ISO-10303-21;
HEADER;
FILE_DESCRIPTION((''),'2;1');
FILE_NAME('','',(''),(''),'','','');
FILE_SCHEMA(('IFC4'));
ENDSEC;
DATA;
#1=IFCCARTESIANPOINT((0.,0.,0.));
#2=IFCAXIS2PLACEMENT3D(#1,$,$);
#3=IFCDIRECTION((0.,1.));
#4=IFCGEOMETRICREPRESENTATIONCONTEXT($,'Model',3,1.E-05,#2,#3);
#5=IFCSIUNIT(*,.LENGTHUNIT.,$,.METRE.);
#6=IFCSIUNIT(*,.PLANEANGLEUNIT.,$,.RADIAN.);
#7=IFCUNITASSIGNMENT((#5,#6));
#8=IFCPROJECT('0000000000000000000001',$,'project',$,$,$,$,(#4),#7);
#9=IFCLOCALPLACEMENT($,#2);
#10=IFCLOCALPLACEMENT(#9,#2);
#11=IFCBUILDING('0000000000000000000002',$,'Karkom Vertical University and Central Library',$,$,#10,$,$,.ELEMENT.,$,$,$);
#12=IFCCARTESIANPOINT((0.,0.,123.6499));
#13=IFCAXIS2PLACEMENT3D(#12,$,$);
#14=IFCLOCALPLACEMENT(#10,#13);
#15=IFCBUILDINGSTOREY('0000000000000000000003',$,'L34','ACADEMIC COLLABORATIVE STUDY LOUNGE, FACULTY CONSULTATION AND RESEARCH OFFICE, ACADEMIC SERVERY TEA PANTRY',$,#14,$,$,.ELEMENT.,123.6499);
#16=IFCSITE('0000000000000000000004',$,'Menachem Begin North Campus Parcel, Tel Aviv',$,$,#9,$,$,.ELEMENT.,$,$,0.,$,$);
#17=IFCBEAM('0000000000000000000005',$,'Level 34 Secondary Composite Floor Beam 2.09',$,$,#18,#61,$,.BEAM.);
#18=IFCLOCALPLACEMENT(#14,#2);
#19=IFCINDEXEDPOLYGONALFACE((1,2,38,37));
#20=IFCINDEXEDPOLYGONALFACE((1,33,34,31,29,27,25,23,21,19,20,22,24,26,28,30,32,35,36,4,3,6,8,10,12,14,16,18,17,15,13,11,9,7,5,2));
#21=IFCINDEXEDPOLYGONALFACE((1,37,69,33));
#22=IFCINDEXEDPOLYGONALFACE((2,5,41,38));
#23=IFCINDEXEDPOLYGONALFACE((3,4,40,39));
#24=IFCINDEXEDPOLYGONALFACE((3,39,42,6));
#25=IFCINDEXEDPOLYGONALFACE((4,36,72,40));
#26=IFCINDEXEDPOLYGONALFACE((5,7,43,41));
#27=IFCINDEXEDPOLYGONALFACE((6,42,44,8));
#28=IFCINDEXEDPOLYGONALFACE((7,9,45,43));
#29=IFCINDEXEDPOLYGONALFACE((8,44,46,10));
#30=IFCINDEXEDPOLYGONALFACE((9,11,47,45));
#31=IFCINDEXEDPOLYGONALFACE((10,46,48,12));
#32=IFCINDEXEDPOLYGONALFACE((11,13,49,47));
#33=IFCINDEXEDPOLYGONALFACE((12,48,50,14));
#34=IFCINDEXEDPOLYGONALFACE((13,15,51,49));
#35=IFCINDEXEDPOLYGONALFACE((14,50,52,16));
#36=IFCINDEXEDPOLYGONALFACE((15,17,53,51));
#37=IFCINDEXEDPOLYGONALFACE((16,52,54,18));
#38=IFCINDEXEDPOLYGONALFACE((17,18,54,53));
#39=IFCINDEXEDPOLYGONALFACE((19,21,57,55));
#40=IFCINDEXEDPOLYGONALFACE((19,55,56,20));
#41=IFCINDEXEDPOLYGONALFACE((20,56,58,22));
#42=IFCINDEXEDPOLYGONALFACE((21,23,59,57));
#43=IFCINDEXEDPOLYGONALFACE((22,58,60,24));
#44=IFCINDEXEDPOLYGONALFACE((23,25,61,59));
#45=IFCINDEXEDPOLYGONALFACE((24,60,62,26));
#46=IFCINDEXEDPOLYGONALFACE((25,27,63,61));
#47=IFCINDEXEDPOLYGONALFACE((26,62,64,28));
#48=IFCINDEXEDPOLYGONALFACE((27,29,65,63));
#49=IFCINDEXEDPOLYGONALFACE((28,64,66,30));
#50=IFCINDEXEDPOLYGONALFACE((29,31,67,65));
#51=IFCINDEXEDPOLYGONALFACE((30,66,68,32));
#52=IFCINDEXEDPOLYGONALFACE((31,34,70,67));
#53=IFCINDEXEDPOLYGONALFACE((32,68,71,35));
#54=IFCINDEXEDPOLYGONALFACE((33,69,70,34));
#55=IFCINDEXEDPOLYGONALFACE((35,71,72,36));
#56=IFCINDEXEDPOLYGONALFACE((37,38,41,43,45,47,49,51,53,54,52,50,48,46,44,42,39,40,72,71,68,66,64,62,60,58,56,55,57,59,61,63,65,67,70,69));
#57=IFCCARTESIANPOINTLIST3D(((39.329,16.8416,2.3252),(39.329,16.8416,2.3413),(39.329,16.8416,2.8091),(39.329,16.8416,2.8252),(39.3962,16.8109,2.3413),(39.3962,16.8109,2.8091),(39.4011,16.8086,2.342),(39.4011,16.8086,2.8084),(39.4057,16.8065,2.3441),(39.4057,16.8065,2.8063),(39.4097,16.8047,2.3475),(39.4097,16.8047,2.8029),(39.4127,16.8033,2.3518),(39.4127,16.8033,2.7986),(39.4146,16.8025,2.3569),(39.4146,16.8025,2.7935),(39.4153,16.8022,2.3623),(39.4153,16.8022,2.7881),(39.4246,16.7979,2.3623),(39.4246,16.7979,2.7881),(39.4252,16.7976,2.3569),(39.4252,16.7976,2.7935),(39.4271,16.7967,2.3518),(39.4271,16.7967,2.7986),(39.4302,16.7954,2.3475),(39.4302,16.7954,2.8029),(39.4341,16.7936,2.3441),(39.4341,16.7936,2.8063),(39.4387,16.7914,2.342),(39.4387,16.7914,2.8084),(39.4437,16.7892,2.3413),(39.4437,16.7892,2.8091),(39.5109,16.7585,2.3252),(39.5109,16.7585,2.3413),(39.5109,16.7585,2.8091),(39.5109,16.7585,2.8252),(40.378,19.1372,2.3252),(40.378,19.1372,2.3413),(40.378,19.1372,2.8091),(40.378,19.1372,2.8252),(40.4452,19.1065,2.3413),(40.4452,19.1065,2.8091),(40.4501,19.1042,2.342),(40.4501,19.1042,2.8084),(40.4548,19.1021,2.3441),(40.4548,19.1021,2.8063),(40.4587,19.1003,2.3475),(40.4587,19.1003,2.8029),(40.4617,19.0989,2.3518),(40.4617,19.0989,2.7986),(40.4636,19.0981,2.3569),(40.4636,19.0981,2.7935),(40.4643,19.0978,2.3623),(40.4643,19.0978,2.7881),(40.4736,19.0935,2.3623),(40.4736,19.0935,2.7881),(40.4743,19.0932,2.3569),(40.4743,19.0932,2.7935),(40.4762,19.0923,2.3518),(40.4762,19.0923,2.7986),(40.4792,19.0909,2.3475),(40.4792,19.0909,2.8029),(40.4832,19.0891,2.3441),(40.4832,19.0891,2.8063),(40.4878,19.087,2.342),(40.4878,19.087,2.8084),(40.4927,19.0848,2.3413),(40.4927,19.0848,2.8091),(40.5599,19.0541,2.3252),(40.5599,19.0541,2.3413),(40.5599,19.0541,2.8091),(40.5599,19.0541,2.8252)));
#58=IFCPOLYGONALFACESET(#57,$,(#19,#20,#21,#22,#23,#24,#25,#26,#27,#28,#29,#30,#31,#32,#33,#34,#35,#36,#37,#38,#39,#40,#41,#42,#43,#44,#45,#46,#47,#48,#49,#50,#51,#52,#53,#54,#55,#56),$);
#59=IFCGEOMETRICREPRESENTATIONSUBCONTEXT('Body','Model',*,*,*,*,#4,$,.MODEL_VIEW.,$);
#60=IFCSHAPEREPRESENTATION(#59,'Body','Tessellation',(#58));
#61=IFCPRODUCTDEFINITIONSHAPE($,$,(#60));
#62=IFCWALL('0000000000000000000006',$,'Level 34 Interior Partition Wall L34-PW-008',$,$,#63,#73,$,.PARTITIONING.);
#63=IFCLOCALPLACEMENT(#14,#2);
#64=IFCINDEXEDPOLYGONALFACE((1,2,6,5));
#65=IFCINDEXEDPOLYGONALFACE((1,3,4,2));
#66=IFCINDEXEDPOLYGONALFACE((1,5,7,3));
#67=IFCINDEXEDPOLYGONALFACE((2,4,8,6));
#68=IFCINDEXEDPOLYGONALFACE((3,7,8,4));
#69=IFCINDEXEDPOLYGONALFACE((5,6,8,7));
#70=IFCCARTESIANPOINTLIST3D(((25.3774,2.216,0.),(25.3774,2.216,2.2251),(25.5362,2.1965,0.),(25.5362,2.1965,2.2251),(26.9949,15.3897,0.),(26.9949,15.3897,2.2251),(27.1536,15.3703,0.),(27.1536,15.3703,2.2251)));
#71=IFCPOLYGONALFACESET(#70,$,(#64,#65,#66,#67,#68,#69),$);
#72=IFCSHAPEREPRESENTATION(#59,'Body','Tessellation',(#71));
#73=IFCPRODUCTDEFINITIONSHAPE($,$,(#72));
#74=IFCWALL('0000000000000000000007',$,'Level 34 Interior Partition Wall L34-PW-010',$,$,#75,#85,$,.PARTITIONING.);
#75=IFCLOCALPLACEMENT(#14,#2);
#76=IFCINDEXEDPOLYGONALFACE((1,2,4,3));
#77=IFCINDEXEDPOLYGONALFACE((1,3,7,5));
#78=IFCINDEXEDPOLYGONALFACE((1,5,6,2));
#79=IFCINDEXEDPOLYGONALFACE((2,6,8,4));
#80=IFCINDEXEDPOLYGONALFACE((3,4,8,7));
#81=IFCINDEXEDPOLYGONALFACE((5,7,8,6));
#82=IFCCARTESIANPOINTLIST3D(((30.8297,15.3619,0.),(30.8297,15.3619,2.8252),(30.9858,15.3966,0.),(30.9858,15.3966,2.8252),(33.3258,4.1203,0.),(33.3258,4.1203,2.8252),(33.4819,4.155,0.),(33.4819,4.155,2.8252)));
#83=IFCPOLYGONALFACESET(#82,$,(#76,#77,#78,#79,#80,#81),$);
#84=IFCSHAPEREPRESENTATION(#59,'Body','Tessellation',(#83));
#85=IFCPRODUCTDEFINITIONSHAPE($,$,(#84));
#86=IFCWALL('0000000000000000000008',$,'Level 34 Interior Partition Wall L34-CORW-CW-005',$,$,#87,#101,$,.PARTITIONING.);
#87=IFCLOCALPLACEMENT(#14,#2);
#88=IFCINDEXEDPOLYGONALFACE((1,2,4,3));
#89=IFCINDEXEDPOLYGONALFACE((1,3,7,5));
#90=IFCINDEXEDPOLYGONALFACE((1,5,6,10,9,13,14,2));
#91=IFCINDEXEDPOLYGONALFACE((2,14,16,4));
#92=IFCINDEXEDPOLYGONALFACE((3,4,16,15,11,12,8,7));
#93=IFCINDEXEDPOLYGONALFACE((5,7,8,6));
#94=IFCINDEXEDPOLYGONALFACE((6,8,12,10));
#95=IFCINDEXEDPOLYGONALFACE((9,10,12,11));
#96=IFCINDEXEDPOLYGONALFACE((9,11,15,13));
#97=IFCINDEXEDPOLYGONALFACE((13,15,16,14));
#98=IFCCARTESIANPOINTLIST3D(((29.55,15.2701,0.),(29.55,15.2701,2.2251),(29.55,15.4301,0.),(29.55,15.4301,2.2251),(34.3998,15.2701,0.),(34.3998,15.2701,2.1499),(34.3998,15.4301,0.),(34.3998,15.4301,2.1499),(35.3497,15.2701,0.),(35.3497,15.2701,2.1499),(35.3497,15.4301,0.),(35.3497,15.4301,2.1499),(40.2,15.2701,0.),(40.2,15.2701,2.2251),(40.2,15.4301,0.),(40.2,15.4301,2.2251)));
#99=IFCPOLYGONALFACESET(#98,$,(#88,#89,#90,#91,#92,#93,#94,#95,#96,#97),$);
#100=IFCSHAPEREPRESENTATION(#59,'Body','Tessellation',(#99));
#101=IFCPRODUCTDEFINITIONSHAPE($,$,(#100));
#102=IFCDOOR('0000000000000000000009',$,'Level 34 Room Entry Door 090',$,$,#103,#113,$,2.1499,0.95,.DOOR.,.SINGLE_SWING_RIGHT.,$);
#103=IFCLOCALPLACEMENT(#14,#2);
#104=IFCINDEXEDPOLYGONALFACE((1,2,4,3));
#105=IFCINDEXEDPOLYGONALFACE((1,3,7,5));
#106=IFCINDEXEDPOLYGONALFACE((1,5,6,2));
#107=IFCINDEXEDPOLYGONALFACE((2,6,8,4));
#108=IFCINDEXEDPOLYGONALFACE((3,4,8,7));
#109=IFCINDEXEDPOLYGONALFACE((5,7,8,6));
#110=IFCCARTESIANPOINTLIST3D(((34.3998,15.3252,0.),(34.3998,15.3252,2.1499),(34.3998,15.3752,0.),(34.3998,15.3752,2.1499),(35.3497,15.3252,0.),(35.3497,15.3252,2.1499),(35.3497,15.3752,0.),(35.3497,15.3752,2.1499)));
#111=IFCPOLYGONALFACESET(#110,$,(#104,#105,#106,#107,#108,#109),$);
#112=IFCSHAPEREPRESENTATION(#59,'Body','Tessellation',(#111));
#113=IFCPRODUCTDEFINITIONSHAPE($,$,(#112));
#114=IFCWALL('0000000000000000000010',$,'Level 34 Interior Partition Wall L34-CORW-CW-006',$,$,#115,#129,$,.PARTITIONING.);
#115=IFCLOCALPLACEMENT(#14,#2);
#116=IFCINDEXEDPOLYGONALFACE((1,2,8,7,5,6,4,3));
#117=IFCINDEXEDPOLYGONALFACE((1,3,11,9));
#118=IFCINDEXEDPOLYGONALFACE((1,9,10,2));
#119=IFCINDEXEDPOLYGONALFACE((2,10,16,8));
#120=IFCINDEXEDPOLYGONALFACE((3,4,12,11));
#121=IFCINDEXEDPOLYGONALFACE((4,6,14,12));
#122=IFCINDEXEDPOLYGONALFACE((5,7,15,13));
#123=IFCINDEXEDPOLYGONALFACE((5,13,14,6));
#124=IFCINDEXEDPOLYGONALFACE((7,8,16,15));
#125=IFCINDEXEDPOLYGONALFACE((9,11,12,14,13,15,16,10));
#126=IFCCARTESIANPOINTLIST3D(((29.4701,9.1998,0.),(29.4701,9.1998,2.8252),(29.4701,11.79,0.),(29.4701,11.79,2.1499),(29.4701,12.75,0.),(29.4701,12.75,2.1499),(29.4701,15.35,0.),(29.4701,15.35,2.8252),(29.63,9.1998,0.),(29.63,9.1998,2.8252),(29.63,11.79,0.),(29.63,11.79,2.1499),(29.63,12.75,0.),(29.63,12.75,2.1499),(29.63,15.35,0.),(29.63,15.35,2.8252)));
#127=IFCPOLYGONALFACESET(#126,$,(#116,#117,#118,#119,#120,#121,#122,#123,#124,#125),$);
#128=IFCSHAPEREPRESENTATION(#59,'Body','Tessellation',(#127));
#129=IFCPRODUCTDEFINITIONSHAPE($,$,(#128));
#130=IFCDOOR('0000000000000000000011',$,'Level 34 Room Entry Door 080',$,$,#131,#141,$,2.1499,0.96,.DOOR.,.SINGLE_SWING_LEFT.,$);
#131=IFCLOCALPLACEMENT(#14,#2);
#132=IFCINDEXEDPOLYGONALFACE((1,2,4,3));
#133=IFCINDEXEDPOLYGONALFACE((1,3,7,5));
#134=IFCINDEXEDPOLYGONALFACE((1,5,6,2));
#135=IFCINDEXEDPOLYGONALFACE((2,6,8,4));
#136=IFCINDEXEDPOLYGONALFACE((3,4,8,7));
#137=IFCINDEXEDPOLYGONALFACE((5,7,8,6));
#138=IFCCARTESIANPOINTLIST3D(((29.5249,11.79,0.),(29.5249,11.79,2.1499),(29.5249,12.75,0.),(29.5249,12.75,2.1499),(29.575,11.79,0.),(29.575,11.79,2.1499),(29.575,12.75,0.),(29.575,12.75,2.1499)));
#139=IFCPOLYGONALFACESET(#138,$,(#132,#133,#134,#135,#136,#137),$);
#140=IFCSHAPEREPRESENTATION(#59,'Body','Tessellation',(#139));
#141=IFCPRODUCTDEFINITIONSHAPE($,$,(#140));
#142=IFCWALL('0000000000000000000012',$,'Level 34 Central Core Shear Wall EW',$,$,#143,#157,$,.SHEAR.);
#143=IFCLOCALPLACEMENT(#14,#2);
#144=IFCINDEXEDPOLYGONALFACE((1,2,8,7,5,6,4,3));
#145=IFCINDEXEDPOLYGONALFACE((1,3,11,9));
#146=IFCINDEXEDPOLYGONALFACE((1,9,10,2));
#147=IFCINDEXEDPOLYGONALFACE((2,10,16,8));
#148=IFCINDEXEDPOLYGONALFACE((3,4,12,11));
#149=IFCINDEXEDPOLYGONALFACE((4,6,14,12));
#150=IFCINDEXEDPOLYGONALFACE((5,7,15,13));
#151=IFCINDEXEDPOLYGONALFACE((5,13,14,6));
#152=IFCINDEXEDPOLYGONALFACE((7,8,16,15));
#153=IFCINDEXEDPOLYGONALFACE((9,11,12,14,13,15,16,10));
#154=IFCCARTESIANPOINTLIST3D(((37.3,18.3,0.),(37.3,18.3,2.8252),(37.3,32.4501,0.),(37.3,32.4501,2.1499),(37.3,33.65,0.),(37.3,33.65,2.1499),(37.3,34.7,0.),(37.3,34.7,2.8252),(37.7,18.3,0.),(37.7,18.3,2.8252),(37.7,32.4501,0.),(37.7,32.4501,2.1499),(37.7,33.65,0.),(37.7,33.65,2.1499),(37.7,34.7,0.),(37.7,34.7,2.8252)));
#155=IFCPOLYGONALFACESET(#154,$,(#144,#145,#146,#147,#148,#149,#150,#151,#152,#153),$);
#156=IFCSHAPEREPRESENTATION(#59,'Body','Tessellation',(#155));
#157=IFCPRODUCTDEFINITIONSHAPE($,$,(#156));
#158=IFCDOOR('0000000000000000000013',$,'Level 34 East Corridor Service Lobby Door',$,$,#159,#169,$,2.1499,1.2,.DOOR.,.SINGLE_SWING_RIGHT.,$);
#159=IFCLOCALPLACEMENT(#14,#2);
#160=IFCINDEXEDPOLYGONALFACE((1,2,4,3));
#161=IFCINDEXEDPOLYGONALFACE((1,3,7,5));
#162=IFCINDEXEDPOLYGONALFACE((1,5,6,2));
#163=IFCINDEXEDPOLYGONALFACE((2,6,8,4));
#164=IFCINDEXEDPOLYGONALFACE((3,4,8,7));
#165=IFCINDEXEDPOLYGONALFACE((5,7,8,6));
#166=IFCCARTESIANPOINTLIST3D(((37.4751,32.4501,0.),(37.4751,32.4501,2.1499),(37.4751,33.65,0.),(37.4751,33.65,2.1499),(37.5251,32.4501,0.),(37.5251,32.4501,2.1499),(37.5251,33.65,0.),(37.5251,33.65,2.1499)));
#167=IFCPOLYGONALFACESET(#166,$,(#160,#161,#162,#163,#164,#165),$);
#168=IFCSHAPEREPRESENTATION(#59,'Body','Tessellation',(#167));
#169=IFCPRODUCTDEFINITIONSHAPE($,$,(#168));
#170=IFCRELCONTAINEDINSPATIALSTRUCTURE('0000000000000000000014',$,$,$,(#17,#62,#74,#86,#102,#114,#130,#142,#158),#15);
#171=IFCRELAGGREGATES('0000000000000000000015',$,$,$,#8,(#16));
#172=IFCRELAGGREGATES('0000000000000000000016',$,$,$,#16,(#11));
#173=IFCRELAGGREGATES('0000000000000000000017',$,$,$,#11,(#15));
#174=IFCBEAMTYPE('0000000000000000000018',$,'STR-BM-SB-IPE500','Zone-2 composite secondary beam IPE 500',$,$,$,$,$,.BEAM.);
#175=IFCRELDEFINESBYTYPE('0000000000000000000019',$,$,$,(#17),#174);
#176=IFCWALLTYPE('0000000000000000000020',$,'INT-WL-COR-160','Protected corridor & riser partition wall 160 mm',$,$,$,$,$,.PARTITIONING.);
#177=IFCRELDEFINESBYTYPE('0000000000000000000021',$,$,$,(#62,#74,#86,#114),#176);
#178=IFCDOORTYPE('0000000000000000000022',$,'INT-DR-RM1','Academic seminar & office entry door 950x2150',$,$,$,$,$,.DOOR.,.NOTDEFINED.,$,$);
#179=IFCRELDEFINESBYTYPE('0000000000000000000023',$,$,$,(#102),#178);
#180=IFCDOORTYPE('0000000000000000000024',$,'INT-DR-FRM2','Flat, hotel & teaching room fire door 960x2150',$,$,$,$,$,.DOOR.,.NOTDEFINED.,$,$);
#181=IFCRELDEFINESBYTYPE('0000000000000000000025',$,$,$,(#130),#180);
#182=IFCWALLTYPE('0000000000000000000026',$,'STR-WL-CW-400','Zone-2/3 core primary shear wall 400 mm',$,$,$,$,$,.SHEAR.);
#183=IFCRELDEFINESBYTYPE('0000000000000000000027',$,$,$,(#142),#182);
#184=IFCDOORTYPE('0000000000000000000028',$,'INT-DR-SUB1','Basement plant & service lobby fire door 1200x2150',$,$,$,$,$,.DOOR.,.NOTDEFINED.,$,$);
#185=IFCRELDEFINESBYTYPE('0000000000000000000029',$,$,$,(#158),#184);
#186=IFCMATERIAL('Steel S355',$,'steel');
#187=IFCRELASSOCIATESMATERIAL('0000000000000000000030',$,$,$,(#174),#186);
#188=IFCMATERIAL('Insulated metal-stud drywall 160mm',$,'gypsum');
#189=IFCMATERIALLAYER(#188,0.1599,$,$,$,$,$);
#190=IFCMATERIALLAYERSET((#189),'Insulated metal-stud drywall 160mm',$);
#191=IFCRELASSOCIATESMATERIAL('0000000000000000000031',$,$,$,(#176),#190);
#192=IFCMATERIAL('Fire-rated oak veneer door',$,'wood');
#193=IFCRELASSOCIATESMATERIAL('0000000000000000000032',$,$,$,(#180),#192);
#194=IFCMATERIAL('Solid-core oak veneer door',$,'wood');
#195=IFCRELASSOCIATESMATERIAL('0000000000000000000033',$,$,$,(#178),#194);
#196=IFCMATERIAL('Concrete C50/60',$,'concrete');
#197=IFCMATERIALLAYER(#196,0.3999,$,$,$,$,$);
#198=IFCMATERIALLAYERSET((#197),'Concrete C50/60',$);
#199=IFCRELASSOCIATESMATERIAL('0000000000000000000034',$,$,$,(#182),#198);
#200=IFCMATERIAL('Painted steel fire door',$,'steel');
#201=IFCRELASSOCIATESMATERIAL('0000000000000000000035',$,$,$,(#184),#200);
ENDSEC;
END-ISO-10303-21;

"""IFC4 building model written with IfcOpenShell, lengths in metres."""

from ifc_helpers import new_model, si_unit, direction, frame, frame_2d, origin, origin_with_axes, origin_2d, place, context, subcontext, project, spatial, rectangle, i_section, extrude, source, transform, mapped, material, layer, layer_set, material_profile, profile_set, type_object, element, fill, save


model = new_model("IFC4")

# Units and contexts
model_context = context("Model", 3, precision=1e-05, world=origin(), true_north=direction((0.0, 1.0)))
body_context = subcontext(model_context, "Body", "Model", "MODEL_VIEW")
ifc_project = project(units=[si_unit("LENGTHUNIT", "METRE"), si_unit("PLANEANGLEUNIT", "RADIAN")], contexts=[model_context])

# Site, building, storey
site_placement = place(None, origin())
site = spatial("IfcSite", under=ifc_project, at=site_placement, Name="Menachem Begin North Campus Parcel, Tel Aviv", CompositionType="ELEMENT", RefElevation=0.0)
building_placement = place(site_placement, origin())
building = spatial("IfcBuilding", under=site, at=building_placement, Name="Karkom Vertical University and Central Library", CompositionType="ELEMENT")
storey_placement = place(building_placement, frame((0.0, 0.0, 123.6499)))
storey = spatial("IfcBuildingStorey", under=building, at=storey_placement, Name="L34", Description="ACADEMIC COLLABORATIVE STUDY LOUNGE, FACULTY CONSULTATION AND RESEARCH OFFICE, ACADEMIC SERVERY TEA PANTRY", CompositionType="ELEMENT", Elevation=123.6499)

# Shared definitions
ifc_material_1 = material(Name="Concrete C50/60", Category="concrete")

# Beam
ifc_material_2 = material(Name="Steel S355", Category="steel")
ifc_material_profile_1 = material_profile(ifc_material_2, i_section(OverallWidth=0.2, OverallDepth=0.5, WebThickness=0.0103, FlangeThickness=0.0161, FilletRadius=0.021, at=origin_2d()), Name="IPE 500")
ifc_profile_set_1 = profile_set([ifc_material_profile_1], Name="Steel S355")
beam_type_1 = type_object("IfcBeamType", Name="STR-BM-SB-IPE500", Description="Zone-2 composite secondary beam IPE 500", PredefinedType="BEAM", material=ifc_profile_set_1)
shared_shape_1 = source(origin_with_axes(), body_context, "Body", "SweptSolid", [
    extrude(i_section(OverallWidth=0.2, OverallDepth=0.5, WebThickness=0.0103, FlangeThickness=0.0161, FilletRadius=0.021, at=origin_2d()), origin(), (0.0, 0.0, 1.0), 2.5239),
])
beam_1_placement = place(storey_placement, frame((39.4199, 16.8, 2.5752), z_axis=(0.415639, 0.90953, 0.0), x_axis=(-0.90953, 0.415639, 0.0)))
element("IfcBeam", 1, at=beam_1_placement, inside=storey, type_object=beam_type_1, Name="Level 34 Secondary Composite Floor Beam 2.09", PredefinedType="BEAM", context=body_context, shape_type="MappedRepresentation", body=[
    mapped(shared_shape_1, transform((0.0, 0.0, 0.0), scale=1.0)),
])

# Walls
ifc_material_3 = material(Name="Insulated metal-stud drywall 160mm", Category="gypsum")
ifc_layer_1 = layer(ifc_material_3, 0.1599)
ifc_layer_set_1 = layer_set([ifc_layer_1], Name="Insulated metal-stud drywall 160mm")
wall_type_1 = type_object("IfcWallType", Name="INT-WL-COR-160", Description="Protected corridor & riser partition wall 160 mm", PredefinedType="PARTITIONING", material=ifc_layer_set_1)
wall_1_placement = place(storey_placement, frame((27.0742, 15.3799, 0.0), z_axis=(0.0, 0.0, 1.0), x_axis=(-0.121861, -0.992547, 0.0)))
element("IfcWall", 2, at=wall_1_placement, inside=storey, type_object=wall_type_1, Name="Level 34 Interior Partition Wall L34-PW-008", PredefinedType="PARTITIONING", context=body_context, shape_type="SweptSolid", body=[
    extrude(rectangle(XDim=13.2727, YDim=0.1599, at=frame_2d((6.6362, 0.0))), origin(), (0.0, 0.0, 1.0), 2.2251),
])
wall_2_placement = place(storey_placement, frame((30.9077, 15.3794, 0.0), z_axis=(0.0, 0.0, 1.0), x_axis=(0.21676, -0.976225, 0.0)))
element("IfcWall", 3, at=wall_2_placement, inside=storey, type_object=wall_type_1, Name="Level 34 Interior Partition Wall L34-PW-010", PredefinedType="PARTITIONING", context=body_context, shape_type="SweptSolid", body=[
    extrude(rectangle(XDim=11.5154, YDim=0.1599, at=frame_2d((5.7578, 0.0))), origin(), (0.0, 0.0, 1.0), 2.8252),
])

# Shared definitions
ifc_material_4 = material(Name="Fire-rated oak veneer door", Category="wood")
door_type_1 = type_object("IfcDoorType", Name="INT-DR-FRM2", Description="Flat, hotel & teaching room fire door 960x2150", OperationType="NOTDEFINED", PredefinedType="DOOR", material=ifc_material_4)
shared_shape_2 = source(origin_with_axes(), body_context, "Body", "SweptSolid", [
    extrude(rectangle(XDim=0.96, YDim=2.1499, at=frame_2d((0.48, 1.075))), frame((0.0, 0.0249, 0.0), z_axis=(0.0, -1.0, 0.0), x_axis=(1.0, 0.0, 0.0)), (0.0, 0.0, 1.0), 0.05),
])
ifc_material_5 = material(Name="Solid-core oak veneer door", Category="wood")
door_type_2 = type_object("IfcDoorType", Name="INT-DR-RM1", Description="Academic seminar & office entry door 950x2150", OperationType="NOTDEFINED", PredefinedType="DOOR", material=ifc_material_5)
shared_shape_3 = source(origin_with_axes(), body_context, "Body", "SweptSolid", [
    extrude(rectangle(XDim=0.95, YDim=2.1499, at=frame_2d((0.4751, 1.075))), frame((0.0, 0.0249, 0.0), z_axis=(0.0, -1.0, 0.0), x_axis=(1.0, 0.0, 0.0)), (0.0, 0.0, 1.0), 0.05),
])

# Walls, openings, doors
wall_3_placement = place(storey_placement, frame((40.2, 15.3501, 0.0), z_axis=(0.0, 0.0, 1.0), x_axis=(-1.0, 0.0, 0.0)))
wall_3 = element("IfcWall", 4, at=wall_3_placement, inside=storey, type_object=wall_type_1, Name="Level 34 Interior Partition Wall L34-CORW-CW-005", PredefinedType="PARTITIONING", context=body_context, shape_type="SweptSolid", body=[
    extrude(rectangle(XDim=10.6499, YDim=0.1599, at=frame_2d((5.325, 0.0))), origin(), (0.0, 0.0, 1.0), 2.2251),
])
opening_1_placement = place(wall_3_placement, frame((4.8501, 0.0, 0.0)))
opening_1 = element("IfcOpeningElement", 5, at=opening_1_placement, cuts=wall_3, PredefinedType="OPENING", context=body_context, shape_type="SweptSolid", body=[
    extrude(rectangle(XDim=0.95, YDim=2.1499, at=frame_2d((0.4751, 1.075))), frame((0.0, 0.0898, 0.0), z_axis=(0.0, -1.0, 0.0), x_axis=(1.0, 0.0, 0.0)), (0.0, 0.0, 1.0), 0.1799),
])
door_1_placement = place(opening_1_placement, origin())
door_1 = element("IfcDoor", 6, at=door_1_placement, inside=storey, type_object=door_type_2, Name="Level 34 Room Entry Door 090", OperationType="SINGLE_SWING_RIGHT", OverallHeight=2.1499, OverallWidth=0.95, PredefinedType="DOOR", context=body_context, shape_type="MappedRepresentation", body=[
    mapped(shared_shape_3, transform((0.0, 0.0, 0.0), scale=1.0)),
])
fill(opening_1, door_1)
wall_4_placement = place(storey_placement, frame((29.55, 15.3501, 0.0), z_axis=(0.0, 0.0, 1.0), x_axis=(0.0, -1.0, 0.0)))
wall_4 = element("IfcWall", 7, at=wall_4_placement, inside=storey, type_object=wall_type_1, Name="Level 34 Interior Partition Wall L34-CORW-CW-006", PredefinedType="PARTITIONING", context=body_context, shape_type="SweptSolid", body=[
    extrude(rectangle(XDim=6.1501, YDim=0.1599, at=frame_2d((3.0752, 0.0))), origin(), (0.0, 0.0, 1.0), 2.8252),
])
opening_2_placement = place(wall_4_placement, frame((2.6001, 0.0, 0.0)))
opening_2 = element("IfcOpeningElement", 8, at=opening_2_placement, cuts=wall_4, PredefinedType="OPENING", context=body_context, shape_type="SweptSolid", body=[
    extrude(rectangle(XDim=0.96, YDim=2.1499, at=frame_2d((0.48, 1.075))), frame((0.0, 0.0898, 0.0), z_axis=(0.0, -1.0, 0.0), x_axis=(1.0, 0.0, 0.0)), (0.0, 0.0, 1.0), 0.1799),
])
door_2_placement = place(opening_2_placement, origin())
door_2 = element("IfcDoor", 9, at=door_2_placement, inside=storey, type_object=door_type_1, Name="Level 34 Room Entry Door 080", OperationType="SINGLE_SWING_LEFT", OverallHeight=2.1499, OverallWidth=0.96, PredefinedType="DOOR", context=body_context, shape_type="MappedRepresentation", body=[
    mapped(shared_shape_2, transform((0.0, 0.0, 0.0), scale=1.0)),
])
fill(opening_2, door_2)
ifc_layer_2 = layer(ifc_material_1, 0.3999)
ifc_layer_set_2 = layer_set([ifc_layer_2], Name="Concrete C50/60")
wall_type_2 = type_object("IfcWallType", Name="STR-WL-CW-400", Description="Zone-2/3 core primary shear wall 400 mm", PredefinedType="SHEAR", material=ifc_layer_set_2)
wall_5_placement = place(storey_placement, frame((37.5, 18.3, 0.0), z_axis=(0.0, 0.0, 1.0), x_axis=(0.0, 1.0, 0.0)))
wall_5 = element("IfcWall", 10, at=wall_5_placement, inside=storey, type_object=wall_type_2, Name="Level 34 Central Core Shear Wall EW", PredefinedType="SHEAR", context=body_context, shape_type="SweptSolid", body=[
    extrude(rectangle(XDim=16.3999, YDim=0.3999, at=frame_2d((8.2, 0.0))), origin(), (0.0, 0.0, 1.0), 2.8252),
])
opening_3_placement = place(wall_5_placement, frame((14.1499, 0.0, 0.0)))
opening_3 = element("IfcOpeningElement", 11, at=opening_3_placement, cuts=wall_5, PredefinedType="OPENING", context=body_context, shape_type="SweptSolid", body=[
    extrude(rectangle(XDim=1.2, YDim=2.1499, at=frame_2d((0.6001, 1.075))), frame((0.0, 0.21, 0.0), z_axis=(0.0, -1.0, 0.0), x_axis=(1.0, 0.0, 0.0)), (0.0, 0.0, 1.0), 0.4199),
])
ifc_material_6 = material(Name="Painted steel fire door", Category="steel")
door_type_3 = type_object("IfcDoorType", Name="INT-DR-SUB1", Description="Basement plant & service lobby fire door 1200x2150", OperationType="NOTDEFINED", PredefinedType="DOOR", material=ifc_material_6)
shared_shape_4 = source(origin_with_axes(), body_context, "Body", "SweptSolid", [
    extrude(rectangle(XDim=1.2, YDim=2.1499, at=frame_2d((0.6001, 1.075))), frame((0.0, 0.0249, 0.0), z_axis=(0.0, -1.0, 0.0), x_axis=(1.0, 0.0, 0.0)), (0.0, 0.0, 1.0), 0.05),
])
door_3_placement = place(opening_3_placement, origin())
door_3 = element("IfcDoor", 12, at=door_3_placement, inside=storey, type_object=door_type_3, Name="Level 34 East Corridor Service Lobby Door", OperationType="SINGLE_SWING_RIGHT", OverallHeight=2.1499, OverallWidth=1.2, PredefinedType="DOOR", context=body_context, shape_type="MappedRepresentation", body=[
    mapped(shared_shape_4, transform((0.0, 0.0, 0.0), scale=1.0)),
])
fill(opening_3, door_3)

save(model, "model.ifc")
